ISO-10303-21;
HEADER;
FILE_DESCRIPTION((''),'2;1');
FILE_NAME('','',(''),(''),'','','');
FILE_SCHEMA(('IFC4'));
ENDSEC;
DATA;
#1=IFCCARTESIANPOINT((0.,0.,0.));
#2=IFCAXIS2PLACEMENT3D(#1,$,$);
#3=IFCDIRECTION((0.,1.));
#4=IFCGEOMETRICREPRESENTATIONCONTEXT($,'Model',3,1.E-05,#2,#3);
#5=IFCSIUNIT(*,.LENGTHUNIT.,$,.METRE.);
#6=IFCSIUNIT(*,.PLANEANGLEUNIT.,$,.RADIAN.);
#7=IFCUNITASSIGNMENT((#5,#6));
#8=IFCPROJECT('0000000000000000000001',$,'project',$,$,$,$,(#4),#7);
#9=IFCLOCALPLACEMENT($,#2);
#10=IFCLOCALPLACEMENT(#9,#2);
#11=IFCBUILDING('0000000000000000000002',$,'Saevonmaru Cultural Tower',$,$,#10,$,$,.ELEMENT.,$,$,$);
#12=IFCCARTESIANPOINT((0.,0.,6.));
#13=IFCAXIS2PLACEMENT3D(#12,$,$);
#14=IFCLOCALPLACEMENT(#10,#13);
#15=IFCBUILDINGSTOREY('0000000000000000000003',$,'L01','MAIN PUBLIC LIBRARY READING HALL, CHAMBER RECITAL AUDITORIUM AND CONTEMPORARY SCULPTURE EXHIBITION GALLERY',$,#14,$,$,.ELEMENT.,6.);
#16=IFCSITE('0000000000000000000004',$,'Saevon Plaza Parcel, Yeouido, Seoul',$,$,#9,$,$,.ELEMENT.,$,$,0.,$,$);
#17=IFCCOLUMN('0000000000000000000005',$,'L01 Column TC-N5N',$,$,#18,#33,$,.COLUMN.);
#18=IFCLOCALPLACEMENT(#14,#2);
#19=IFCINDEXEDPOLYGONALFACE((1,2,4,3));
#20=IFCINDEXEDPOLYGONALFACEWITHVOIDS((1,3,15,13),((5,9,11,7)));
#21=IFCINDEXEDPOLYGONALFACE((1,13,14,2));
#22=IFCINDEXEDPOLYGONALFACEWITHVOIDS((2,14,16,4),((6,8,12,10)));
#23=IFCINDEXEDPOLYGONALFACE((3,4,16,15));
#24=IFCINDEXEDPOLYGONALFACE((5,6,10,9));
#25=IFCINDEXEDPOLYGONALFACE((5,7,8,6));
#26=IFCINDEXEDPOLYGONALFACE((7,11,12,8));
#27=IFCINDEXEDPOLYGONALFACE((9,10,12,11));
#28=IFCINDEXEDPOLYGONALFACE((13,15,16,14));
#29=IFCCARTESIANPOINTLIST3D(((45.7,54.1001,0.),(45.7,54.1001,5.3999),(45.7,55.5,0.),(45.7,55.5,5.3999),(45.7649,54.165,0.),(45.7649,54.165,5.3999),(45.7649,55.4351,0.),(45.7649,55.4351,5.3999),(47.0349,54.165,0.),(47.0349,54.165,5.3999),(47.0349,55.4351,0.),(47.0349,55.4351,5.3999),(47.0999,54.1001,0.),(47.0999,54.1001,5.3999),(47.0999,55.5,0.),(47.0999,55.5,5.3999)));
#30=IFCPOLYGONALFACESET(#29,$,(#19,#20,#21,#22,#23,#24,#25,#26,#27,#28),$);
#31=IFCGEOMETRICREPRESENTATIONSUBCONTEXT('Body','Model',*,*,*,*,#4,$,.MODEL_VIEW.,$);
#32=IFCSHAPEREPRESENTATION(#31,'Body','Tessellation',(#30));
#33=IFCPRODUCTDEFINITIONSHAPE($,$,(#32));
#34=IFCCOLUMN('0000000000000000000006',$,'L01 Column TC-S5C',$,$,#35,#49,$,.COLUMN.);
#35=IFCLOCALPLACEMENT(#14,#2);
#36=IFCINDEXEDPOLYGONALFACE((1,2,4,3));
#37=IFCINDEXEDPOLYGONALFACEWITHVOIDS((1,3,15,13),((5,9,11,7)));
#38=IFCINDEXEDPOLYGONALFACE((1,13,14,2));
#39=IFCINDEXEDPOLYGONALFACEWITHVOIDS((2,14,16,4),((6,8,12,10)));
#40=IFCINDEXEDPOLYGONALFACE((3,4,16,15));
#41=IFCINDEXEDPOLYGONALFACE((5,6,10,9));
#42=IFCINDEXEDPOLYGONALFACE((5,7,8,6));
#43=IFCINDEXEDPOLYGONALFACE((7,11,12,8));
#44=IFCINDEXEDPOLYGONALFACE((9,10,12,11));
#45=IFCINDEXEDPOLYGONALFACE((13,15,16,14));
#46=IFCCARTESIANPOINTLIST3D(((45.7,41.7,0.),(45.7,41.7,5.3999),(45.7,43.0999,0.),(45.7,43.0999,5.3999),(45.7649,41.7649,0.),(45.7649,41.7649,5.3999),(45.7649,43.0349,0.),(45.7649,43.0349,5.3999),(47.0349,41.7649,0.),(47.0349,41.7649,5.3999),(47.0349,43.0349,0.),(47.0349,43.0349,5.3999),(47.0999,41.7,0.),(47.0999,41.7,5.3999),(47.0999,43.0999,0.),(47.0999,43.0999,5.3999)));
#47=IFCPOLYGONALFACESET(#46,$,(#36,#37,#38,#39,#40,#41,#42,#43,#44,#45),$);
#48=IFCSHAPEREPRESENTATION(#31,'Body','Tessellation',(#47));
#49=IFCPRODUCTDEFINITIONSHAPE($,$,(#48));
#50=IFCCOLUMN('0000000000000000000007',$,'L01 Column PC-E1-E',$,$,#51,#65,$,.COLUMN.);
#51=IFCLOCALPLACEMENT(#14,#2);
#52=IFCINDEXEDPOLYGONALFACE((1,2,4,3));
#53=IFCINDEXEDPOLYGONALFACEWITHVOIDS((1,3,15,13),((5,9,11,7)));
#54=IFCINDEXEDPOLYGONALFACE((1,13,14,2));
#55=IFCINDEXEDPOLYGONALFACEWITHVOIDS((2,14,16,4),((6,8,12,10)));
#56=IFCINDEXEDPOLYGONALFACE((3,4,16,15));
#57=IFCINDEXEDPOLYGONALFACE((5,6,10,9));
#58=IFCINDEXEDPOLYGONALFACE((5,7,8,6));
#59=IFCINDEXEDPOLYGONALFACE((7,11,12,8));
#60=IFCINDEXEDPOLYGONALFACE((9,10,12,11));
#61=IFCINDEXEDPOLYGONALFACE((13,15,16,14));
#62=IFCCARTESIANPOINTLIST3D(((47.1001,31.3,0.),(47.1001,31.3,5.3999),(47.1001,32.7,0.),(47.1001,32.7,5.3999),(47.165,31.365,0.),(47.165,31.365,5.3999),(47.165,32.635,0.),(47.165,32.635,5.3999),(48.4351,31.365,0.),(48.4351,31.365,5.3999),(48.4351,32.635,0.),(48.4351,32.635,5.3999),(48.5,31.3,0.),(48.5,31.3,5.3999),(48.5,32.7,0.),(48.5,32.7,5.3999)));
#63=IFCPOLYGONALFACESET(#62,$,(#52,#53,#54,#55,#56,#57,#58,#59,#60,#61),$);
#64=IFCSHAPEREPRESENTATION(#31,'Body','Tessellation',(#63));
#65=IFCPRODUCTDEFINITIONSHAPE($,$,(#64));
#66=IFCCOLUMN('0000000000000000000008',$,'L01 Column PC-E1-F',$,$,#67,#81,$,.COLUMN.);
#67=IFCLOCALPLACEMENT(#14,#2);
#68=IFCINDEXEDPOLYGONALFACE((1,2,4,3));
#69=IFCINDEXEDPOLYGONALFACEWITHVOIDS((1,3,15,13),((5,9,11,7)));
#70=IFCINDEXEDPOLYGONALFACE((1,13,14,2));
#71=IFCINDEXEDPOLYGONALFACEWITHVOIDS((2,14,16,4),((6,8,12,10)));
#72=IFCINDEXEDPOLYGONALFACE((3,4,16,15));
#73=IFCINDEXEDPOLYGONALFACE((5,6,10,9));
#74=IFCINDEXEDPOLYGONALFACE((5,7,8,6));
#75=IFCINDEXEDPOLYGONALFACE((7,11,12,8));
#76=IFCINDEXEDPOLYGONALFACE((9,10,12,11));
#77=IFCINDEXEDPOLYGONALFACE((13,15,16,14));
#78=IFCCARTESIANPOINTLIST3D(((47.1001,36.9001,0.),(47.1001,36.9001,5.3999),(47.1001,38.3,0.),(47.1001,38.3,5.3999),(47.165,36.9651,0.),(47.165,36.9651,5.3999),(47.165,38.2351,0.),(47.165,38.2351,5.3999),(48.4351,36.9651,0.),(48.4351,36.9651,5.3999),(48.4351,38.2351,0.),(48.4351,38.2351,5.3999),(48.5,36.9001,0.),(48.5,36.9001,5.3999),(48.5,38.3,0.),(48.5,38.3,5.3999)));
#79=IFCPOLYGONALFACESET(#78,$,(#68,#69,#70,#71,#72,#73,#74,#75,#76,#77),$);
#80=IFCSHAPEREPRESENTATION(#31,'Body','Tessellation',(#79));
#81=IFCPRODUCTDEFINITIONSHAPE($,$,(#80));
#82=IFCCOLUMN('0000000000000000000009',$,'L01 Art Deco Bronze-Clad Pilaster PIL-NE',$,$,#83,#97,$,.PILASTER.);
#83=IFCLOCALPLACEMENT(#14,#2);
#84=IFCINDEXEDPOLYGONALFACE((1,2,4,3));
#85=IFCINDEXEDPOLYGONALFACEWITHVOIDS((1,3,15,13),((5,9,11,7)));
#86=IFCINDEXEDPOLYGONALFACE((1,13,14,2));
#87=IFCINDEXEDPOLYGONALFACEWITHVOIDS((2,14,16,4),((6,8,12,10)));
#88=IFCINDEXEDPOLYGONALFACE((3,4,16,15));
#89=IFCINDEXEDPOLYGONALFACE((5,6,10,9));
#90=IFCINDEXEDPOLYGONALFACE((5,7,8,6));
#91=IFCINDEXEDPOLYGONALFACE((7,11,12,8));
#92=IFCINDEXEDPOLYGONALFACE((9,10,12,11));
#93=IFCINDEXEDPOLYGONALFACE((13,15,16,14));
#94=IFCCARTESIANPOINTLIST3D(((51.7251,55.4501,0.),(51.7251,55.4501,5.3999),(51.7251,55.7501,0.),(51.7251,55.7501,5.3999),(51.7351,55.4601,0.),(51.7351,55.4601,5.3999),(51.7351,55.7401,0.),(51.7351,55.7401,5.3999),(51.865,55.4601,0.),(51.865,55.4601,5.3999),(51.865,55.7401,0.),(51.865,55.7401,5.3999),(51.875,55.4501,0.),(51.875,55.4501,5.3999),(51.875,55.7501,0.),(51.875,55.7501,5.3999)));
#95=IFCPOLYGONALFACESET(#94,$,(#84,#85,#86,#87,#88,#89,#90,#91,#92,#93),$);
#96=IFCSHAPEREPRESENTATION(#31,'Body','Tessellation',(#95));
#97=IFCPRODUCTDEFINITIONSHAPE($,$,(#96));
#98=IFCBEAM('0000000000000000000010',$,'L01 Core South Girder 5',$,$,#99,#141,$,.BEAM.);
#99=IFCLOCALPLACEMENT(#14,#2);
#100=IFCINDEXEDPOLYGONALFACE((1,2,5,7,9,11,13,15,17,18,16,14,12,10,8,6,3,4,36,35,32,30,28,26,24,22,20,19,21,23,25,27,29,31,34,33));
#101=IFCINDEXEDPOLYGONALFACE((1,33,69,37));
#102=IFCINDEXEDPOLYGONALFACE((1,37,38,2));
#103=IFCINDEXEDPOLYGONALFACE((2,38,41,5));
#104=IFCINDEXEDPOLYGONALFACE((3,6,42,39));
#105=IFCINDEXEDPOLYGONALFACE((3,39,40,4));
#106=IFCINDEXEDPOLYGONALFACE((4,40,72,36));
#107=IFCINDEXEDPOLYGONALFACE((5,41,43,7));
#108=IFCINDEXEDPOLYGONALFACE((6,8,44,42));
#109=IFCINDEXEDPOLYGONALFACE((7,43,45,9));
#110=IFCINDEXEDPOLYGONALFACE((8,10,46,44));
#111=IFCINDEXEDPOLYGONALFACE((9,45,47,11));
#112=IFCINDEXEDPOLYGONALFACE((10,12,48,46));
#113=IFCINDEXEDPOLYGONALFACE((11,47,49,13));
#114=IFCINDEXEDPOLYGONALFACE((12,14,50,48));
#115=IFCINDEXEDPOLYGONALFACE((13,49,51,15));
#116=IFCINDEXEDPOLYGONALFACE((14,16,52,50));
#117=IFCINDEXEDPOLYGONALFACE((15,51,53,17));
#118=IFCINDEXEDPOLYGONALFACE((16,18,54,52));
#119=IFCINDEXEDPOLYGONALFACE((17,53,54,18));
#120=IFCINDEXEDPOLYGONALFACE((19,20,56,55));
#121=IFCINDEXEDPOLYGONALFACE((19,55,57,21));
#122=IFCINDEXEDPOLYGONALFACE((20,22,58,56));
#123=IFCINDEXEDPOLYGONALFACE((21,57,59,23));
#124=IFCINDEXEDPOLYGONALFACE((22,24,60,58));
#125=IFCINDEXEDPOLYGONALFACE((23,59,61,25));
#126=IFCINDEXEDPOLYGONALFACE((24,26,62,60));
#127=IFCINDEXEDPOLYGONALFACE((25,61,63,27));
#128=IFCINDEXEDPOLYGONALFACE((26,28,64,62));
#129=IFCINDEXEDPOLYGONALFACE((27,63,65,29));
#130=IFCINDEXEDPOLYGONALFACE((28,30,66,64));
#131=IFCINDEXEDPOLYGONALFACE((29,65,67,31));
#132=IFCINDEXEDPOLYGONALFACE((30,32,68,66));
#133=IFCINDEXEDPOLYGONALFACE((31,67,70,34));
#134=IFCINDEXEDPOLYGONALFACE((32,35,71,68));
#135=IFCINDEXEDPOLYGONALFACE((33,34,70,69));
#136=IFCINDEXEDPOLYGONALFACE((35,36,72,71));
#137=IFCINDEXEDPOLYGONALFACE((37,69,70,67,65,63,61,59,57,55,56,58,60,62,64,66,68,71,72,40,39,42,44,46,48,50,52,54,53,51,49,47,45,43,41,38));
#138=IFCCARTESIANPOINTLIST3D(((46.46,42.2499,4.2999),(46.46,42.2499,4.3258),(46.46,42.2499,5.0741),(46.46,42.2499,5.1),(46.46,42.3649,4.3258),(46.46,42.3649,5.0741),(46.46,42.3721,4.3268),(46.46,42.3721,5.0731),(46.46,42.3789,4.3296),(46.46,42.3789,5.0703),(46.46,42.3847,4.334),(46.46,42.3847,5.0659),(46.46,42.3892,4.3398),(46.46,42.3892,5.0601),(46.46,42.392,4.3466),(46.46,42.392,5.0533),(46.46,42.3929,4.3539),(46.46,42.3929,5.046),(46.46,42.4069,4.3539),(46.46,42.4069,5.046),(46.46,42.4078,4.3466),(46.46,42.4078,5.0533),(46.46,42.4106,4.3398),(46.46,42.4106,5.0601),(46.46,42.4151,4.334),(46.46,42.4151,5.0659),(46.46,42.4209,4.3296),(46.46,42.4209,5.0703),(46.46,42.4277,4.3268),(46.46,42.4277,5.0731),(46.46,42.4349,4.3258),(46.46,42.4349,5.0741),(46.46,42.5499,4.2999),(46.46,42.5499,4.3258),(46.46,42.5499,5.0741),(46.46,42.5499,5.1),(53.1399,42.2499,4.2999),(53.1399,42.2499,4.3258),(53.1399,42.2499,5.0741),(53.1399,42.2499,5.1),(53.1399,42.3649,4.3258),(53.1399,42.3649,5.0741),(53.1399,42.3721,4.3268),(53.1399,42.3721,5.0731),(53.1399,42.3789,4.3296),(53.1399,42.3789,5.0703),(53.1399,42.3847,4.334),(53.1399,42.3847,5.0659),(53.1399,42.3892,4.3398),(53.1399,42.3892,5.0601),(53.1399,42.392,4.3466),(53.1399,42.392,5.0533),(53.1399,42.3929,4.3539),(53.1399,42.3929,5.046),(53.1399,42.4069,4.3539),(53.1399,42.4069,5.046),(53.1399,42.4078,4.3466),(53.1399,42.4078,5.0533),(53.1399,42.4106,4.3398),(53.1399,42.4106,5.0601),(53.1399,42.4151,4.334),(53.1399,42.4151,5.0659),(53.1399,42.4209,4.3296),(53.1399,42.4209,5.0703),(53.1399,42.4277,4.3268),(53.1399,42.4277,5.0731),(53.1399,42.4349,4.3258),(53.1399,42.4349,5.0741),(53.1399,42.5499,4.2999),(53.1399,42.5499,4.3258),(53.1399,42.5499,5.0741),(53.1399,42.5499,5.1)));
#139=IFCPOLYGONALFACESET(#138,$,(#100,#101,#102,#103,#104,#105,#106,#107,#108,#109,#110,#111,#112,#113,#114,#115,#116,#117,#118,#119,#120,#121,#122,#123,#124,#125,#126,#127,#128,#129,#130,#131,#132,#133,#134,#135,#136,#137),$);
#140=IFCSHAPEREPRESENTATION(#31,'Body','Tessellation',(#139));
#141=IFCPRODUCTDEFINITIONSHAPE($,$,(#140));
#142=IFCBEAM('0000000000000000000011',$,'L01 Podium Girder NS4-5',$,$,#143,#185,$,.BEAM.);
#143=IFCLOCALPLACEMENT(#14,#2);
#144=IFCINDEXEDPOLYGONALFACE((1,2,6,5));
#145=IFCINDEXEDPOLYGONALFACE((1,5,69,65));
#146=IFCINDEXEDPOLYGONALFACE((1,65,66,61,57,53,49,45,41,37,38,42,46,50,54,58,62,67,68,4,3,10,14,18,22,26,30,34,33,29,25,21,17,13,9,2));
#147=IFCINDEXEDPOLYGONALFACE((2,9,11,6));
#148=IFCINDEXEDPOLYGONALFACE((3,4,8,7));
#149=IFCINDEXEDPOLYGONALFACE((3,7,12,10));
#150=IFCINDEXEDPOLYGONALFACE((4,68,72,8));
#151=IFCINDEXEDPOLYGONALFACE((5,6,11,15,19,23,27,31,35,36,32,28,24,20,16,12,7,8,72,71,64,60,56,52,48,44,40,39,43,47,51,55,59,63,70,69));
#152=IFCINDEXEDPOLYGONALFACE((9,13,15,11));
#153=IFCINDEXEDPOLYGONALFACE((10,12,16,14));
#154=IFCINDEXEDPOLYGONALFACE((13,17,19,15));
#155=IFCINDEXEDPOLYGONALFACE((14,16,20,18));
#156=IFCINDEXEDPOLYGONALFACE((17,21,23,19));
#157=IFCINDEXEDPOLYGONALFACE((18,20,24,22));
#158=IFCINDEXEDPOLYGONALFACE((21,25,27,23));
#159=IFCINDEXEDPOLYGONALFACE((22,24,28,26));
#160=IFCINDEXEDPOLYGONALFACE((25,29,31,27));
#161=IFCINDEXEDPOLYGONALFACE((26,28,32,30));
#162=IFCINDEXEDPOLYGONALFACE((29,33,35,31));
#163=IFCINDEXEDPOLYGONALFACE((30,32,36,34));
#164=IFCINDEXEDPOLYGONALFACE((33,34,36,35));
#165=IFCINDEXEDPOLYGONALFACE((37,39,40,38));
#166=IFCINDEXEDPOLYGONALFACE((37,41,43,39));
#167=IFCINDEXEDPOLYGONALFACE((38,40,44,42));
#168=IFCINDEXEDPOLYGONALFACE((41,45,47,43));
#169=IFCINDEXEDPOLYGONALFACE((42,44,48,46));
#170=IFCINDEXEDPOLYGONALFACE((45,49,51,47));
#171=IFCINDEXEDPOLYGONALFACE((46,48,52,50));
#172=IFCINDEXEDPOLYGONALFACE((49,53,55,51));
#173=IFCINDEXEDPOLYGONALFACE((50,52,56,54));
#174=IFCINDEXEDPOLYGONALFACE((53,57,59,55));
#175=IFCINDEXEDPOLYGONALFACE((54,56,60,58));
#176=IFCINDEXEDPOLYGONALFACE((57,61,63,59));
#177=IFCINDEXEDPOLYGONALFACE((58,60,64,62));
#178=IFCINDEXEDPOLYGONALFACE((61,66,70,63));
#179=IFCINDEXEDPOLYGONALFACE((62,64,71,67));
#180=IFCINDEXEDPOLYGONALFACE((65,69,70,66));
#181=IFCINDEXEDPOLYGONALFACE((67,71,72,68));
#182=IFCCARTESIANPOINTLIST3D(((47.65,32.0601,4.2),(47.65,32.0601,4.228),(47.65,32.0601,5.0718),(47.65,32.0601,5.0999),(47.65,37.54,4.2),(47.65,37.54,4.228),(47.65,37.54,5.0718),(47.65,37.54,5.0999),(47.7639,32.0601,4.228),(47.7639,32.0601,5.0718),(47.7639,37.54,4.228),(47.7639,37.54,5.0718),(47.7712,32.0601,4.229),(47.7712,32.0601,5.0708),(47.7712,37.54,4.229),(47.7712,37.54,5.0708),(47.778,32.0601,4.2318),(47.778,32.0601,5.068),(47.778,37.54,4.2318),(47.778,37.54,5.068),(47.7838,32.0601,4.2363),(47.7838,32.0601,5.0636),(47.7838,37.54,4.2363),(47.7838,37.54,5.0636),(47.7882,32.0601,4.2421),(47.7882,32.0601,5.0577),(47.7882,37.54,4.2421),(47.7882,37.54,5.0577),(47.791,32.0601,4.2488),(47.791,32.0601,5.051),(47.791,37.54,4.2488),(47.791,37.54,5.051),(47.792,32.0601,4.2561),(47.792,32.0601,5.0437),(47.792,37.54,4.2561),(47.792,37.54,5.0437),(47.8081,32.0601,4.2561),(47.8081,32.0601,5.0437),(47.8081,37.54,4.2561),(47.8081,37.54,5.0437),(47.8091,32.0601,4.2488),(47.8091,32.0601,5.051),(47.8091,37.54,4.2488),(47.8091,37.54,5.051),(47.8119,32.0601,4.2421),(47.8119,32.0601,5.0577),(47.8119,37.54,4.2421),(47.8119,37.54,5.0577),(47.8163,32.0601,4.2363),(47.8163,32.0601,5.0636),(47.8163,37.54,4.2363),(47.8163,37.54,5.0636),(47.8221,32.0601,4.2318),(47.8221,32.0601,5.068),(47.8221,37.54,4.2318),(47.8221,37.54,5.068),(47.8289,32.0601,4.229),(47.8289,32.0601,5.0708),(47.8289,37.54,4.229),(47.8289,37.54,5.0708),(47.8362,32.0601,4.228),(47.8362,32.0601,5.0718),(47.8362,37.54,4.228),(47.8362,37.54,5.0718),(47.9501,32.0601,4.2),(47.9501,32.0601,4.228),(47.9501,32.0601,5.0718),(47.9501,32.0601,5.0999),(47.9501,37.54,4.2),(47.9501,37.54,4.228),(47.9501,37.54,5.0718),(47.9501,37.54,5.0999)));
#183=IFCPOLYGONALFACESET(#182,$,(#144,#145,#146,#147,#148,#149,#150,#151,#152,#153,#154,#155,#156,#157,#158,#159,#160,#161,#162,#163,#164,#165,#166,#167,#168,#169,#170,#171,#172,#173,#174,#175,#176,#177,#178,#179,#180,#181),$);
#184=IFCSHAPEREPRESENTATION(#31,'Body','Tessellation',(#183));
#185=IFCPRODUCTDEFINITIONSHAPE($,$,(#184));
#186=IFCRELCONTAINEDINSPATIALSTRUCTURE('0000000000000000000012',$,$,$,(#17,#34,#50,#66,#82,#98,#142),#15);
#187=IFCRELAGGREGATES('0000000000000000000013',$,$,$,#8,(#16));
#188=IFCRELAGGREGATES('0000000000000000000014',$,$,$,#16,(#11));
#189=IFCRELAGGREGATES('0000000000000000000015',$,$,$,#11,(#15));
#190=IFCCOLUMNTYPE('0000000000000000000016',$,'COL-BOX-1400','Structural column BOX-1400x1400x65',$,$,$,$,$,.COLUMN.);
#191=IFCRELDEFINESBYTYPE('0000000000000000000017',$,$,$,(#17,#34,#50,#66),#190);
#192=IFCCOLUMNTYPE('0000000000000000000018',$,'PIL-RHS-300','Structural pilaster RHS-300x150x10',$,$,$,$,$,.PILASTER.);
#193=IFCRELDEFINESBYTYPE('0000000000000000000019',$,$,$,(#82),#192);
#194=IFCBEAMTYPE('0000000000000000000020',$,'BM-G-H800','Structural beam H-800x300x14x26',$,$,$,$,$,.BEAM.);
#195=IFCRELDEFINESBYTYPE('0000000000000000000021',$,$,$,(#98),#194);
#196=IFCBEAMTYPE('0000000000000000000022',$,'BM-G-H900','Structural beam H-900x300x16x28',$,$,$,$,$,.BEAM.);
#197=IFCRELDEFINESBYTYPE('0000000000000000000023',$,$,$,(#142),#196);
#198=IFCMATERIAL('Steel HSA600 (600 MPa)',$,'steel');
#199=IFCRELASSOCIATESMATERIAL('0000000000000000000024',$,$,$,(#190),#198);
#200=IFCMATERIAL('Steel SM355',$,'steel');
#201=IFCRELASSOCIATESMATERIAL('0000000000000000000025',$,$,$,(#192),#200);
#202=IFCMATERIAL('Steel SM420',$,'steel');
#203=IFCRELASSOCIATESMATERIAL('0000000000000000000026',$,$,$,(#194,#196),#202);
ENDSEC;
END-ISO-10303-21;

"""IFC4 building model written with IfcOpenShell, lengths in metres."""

from ifc_helpers import new_model, si_unit, direction, frame, origin, origin_2d, place, context, subcontext, project, spatial, hollow_rectangle, i_section, extrude, material, material_profile, profile_set, type_object, element, save


model = new_model("IFC4")

# Units and contexts
model_context = context("Model", 3, precision=1e-05, world=origin(), true_north=direction((0.0, 1.0)))
body_context = subcontext(model_context, "Body", "Model", "MODEL_VIEW")
ifc_project = project(units=[si_unit("LENGTHUNIT", "METRE"), si_unit("PLANEANGLEUNIT", "RADIAN")], contexts=[model_context])

# Site, building, storey
site_placement = place(None, origin())
site = spatial("IfcSite", under=ifc_project, at=site_placement, Name="Saevon Plaza Parcel, Yeouido, Seoul", CompositionType="ELEMENT", RefElevation=0.0)
building_placement = place(site_placement, origin())
building = spatial("IfcBuilding", under=site, at=building_placement, Name="Saevonmaru Cultural Tower", CompositionType="ELEMENT")
storey_placement = place(building_placement, frame((0.0, 0.0, 6.0)))
storey = spatial("IfcBuildingStorey", under=building, at=storey_placement, Name="L01", Description="MAIN PUBLIC LIBRARY READING HALL, CHAMBER RECITAL AUDITORIUM AND CONTEMPORARY SCULPTURE EXHIBITION GALLERY", CompositionType="ELEMENT", Elevation=6.0)

# Columns
ifc_material_1 = material(Name="Steel HSA600 (600 MPa)", Category="steel")
ifc_material_profile_1 = material_profile(ifc_material_1, hollow_rectangle(XDim=1.3999, YDim=1.3999, WallThickness=0.0649, at=origin_2d()), Name="BOX-1400x1400x65")
ifc_profile_set_1 = profile_set([ifc_material_profile_1], Name="Steel HSA600 (600 MPa)")
column_type_1 = type_object("IfcColumnType", Name="COL-BOX-1400", Description="Structural column BOX-1400x1400x65", PredefinedType="COLUMN", material=ifc_profile_set_1)
for number, where, z_axis, x_axis, name in (
    (1, (46.3999, 54.8, 0.0), (0.0, 0.0, 1.0), (1.0, 0.0, 0.0), "L01 Column TC-N5N"),
    (2, (46.3999, 42.3999, 0.0), (0.0, 0.0, 1.0), (1.0, 0.0, 0.0), "L01 Column TC-S5C"),
    (3, (47.8, 32.0, 0.0), (0.0, 0.0, 1.0), (1.0, 0.0, 0.0), "L01 Column PC-E1-E"),
    (4, (47.8, 37.6001, 0.0), (0.0, 0.0, 1.0), (1.0, 0.0, 0.0), "L01 Column PC-E1-F"),
):
    element("IfcColumn", number, at=place(storey_placement, frame(where, z_axis=z_axis, x_axis=x_axis)), inside=storey, type_object=column_type_1, Name=name, PredefinedType="COLUMN", context=body_context, shape_type="SweptSolid", body=[
        extrude(hollow_rectangle(XDim=1.3999, YDim=1.3999, WallThickness=0.0649, at=origin_2d()), origin(), (0.0, 0.0, 1.0), 5.3999),
    ])
ifc_material_2 = material(Name="Steel SM355", Category="steel")
ifc_material_profile_2 = material_profile(ifc_material_2, hollow_rectangle(XDim=0.1499, YDim=0.3, WallThickness=0.01, at=origin_2d()), Name="RHS-300x150x10")
ifc_profile_set_2 = profile_set([ifc_material_profile_2], Name="Steel SM355")
column_type_2 = type_object("IfcColumnType", Name="PIL-RHS-300", Description="Structural pilaster RHS-300x150x10", PredefinedType="PILASTER", material=ifc_profile_set_2)
column_placement = place(storey_placement, frame((51.8, 55.6001, 0.0), z_axis=(0.0, 0.0, 1.0), x_axis=(1.0, 0.0, 0.0)))
element("IfcColumn", 5, at=column_placement, inside=storey, type_object=column_type_2, Name="L01 Art Deco Bronze-Clad Pilaster PIL-NE", PredefinedType="PILASTER", context=body_context, shape_type="SweptSolid", body=[
    extrude(hollow_rectangle(XDim=0.1499, YDim=0.3, WallThickness=0.01, at=origin_2d()), origin(), (0.0, 0.0, 1.0), 5.3999),
])

# Beams
ifc_material_3 = material(Name="Steel SM420", Category="steel")
ifc_material_profile_3 = material_profile(ifc_material_3, i_section(OverallWidth=0.3, OverallDepth=0.8, WebThickness=0.0139, FlangeThickness=0.0259, FilletRadius=0.0281, at=origin_2d()), Name="H-800x300x14x26")
ifc_profile_set_3 = profile_set([ifc_material_profile_3], Name="Steel SM420")
beam_type_1 = type_object("IfcBeamType", Name="BM-G-H800", Description="Structural beam H-800x300x14x26", PredefinedType="BEAM", material=ifc_profile_set_3)
beam_1_placement = place(storey_placement, frame((46.46, 42.3999, 4.7), z_axis=(1.0, 0.0, 0.0), x_axis=(0.0, 1.0, 0.0)))
element("IfcBeam", 6, at=beam_1_placement, inside=storey, type_object=beam_type_1, Name="L01 Core South Girder 5", PredefinedType="BEAM", context=body_context, shape_type="SweptSolid", body=[
    extrude(i_section(OverallWidth=0.3, OverallDepth=0.8, WebThickness=0.0139, FlangeThickness=0.0259, FilletRadius=0.0281, at=origin_2d()), origin(), (0.0, 0.0, 1.0), 6.6799),
])
ifc_material_profile_4 = material_profile(ifc_material_3, i_section(OverallWidth=0.3, OverallDepth=0.8999, WebThickness=0.0161, FlangeThickness=0.0281, FilletRadius=0.0281, at=origin_2d()), Name="H-900x300x16x28")
ifc_profile_set_4 = profile_set([ifc_material_profile_4], Name="Steel SM420")
beam_type_2 = type_object("IfcBeamType", Name="BM-G-H900", Description="Structural beam H-900x300x16x28", PredefinedType="BEAM", material=ifc_profile_set_4)
beam_2_placement = place(storey_placement, frame((47.8, 32.0601, 4.6499), z_axis=(0.0, 1.0, 0.0), x_axis=(-1.0, 0.0, 0.0)))
element("IfcBeam", 7, at=beam_2_placement, inside=storey, type_object=beam_type_2, Name="L01 Podium Girder NS4-5", PredefinedType="BEAM", context=body_context, shape_type="SweptSolid", body=[
    extrude(i_section(OverallWidth=0.3, OverallDepth=0.8999, WebThickness=0.0161, FlangeThickness=0.0281, FilletRadius=0.0281, at=origin_2d()), origin(), (0.0, 0.0, 1.0), 5.48),
])

save(model, "model.ifc")
